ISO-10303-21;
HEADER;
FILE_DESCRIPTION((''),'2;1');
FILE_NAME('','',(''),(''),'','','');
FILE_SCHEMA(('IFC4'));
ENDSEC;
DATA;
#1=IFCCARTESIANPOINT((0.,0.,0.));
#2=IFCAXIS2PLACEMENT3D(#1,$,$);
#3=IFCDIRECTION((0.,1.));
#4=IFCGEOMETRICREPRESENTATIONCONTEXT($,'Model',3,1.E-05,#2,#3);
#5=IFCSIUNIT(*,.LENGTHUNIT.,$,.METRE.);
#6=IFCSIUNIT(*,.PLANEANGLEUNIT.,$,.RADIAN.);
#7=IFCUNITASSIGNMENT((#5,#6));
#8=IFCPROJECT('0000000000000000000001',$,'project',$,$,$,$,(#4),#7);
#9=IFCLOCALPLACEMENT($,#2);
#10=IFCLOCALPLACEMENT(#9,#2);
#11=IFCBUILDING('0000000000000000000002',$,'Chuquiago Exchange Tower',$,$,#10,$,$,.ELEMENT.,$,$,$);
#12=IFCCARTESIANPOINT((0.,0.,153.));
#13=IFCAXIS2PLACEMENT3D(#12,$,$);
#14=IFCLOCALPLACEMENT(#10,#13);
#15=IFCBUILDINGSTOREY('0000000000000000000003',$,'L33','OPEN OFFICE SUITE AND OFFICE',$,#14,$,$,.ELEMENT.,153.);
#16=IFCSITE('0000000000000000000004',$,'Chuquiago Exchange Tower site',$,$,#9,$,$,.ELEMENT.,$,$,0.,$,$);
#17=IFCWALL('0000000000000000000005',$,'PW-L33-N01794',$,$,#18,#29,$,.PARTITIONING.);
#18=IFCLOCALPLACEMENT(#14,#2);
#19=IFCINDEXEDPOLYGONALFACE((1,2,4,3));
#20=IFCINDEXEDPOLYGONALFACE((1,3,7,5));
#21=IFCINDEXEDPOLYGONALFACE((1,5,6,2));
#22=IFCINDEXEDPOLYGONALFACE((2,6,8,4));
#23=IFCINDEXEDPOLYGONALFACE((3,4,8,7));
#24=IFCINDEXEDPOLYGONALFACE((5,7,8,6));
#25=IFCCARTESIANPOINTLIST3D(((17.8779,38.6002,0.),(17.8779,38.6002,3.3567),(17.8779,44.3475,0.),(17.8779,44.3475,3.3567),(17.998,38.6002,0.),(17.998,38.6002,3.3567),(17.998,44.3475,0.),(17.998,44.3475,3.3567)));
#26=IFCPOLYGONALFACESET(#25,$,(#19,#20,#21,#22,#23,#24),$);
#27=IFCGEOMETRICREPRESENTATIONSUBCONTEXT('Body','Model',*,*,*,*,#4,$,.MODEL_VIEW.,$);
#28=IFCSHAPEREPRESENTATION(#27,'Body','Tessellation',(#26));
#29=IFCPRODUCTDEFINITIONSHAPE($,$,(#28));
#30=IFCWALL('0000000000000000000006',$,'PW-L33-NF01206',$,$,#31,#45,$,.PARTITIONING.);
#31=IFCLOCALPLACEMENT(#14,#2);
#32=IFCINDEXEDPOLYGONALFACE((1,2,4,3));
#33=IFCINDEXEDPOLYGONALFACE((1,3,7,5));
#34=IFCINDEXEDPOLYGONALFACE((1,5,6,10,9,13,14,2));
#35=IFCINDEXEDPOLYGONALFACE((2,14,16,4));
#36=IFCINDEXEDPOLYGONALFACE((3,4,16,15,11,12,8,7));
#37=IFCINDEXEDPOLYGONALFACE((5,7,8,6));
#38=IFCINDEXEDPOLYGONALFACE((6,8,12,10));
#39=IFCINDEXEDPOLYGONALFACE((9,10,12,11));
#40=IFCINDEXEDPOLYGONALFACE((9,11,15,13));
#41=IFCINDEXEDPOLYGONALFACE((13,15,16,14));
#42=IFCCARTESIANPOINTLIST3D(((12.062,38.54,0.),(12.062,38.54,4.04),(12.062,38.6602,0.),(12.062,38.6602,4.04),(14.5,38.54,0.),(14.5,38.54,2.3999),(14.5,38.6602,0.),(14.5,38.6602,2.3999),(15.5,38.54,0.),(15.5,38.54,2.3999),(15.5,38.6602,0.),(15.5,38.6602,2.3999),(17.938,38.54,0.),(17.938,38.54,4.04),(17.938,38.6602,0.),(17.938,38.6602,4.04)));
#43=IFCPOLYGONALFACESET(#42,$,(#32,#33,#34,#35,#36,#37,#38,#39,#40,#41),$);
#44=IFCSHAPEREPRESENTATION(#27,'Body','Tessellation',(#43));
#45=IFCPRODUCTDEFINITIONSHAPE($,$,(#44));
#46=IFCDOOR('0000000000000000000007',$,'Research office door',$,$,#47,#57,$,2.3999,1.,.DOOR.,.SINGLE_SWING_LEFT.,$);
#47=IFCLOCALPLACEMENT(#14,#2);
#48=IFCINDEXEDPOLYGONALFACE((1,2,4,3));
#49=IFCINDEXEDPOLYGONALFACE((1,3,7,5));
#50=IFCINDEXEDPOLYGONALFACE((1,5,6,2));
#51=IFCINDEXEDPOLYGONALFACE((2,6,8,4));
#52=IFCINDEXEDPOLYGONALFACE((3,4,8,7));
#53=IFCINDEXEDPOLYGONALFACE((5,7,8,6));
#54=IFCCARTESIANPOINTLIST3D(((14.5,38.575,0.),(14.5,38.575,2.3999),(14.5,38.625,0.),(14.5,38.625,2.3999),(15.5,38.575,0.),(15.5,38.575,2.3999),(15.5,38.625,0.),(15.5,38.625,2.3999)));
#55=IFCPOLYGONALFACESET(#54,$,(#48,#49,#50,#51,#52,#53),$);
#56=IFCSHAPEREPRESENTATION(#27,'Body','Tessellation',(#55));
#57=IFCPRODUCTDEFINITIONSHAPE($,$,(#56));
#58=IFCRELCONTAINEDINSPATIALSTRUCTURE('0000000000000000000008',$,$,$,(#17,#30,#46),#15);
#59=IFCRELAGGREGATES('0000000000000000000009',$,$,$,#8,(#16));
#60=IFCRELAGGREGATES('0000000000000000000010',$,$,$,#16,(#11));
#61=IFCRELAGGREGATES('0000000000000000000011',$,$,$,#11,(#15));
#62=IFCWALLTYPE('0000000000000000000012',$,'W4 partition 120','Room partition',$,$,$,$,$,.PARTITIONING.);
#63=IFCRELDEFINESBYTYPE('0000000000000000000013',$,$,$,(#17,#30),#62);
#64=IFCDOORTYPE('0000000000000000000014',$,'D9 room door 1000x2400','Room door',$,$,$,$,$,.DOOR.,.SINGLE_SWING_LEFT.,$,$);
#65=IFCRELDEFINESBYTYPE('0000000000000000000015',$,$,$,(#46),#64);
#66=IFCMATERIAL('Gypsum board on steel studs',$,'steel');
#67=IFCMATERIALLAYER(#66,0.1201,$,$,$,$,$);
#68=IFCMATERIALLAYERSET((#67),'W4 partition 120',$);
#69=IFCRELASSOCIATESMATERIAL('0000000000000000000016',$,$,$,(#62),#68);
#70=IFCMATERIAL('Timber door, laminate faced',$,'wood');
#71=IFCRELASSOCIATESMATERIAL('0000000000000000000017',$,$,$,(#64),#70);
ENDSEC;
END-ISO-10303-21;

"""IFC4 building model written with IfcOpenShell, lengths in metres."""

from ifc_helpers import new_model, si_unit, direction, frame, frame_2d, origin, place, context, subcontext, project, spatial, rectangle, extrude, material, layer, layer_set, type_object, element, fill, save


model = new_model("IFC4")

# Units and contexts
model_context = context("Model", 3, precision=1e-05, world=origin(), true_north=direction((0.0, 1.0)))
body_context = subcontext(model_context, "Body", "Model", "MODEL_VIEW")
ifc_project = project(units=[si_unit("LENGTHUNIT", "METRE"), si_unit("PLANEANGLEUNIT", "RADIAN")], contexts=[model_context])

# Site, building, storey
site_placement = place(None, origin())
site = spatial("IfcSite", under=ifc_project, at=site_placement, Name="Chuquiago Exchange Tower site", CompositionType="ELEMENT", RefElevation=0.0)
building_placement = place(site_placement, origin())
building = spatial("IfcBuilding", under=site, at=building_placement, Name="Chuquiago Exchange Tower", CompositionType="ELEMENT")
storey_placement = place(building_placement, frame((0.0, 0.0, 153.0)))
storey = spatial("IfcBuildingStorey", under=building, at=storey_placement, Name="L33", Description="OPEN OFFICE SUITE AND OFFICE", CompositionType="ELEMENT", Elevation=153.0)

# Wall
ifc_material_1 = material(Name="Gypsum board on steel studs", Category="steel")
ifc_layer_1 = layer(ifc_material_1, 0.1201)
ifc_layer_set_1 = layer_set([ifc_layer_1], Name="W4 partition 120")
wall_type_1 = type_object("IfcWallType", Name="W4 partition 120", Description="Room partition", PredefinedType="PARTITIONING", material=ifc_layer_set_1)
wall_1_placement = place(storey_placement, frame((17.938, 44.3474, 0.0), z_axis=(0.0, 0.0, 1.0), x_axis=(0.0, -1.0, 0.0)))
element("IfcWall", 1, at=wall_1_placement, inside=storey, type_object=wall_type_1, Name="PW-L33-N01794", PredefinedType="PARTITIONING", context=body_context, shape_type="SweptSolid", body=[
    extrude(rectangle(XDim=5.7473, YDim=0.1201, at=frame_2d((2.8735, 0.0))), origin(), (0.0, 0.0, 1.0), 3.3567),
])

# Wall, opening, door
wall_2_placement = place(storey_placement, frame((12.062, 38.6001, 0.0), z_axis=(0.0, 0.0, 1.0), x_axis=(1.0, 0.0, 0.0)))
wall_2 = element("IfcWall", 2, at=wall_2_placement, inside=storey, type_object=wall_type_1, Name="PW-L33-NF01206", PredefinedType="PARTITIONING", context=body_context, shape_type="SweptSolid", body=[
    extrude(rectangle(XDim=5.876, YDim=0.1201, at=frame_2d((2.938, 0.0))), origin(), (0.0, 0.0, 1.0), 4.04),
])
opening_1_placement = place(wall_2_placement, frame((2.438, 0.0, 0.0)))
opening_1 = element("IfcOpeningElement", 3, at=opening_1_placement, cuts=wall_2, PredefinedType="OPENING", context=body_context, shape_type="SweptSolid", body=[
    extrude(rectangle(XDim=1.0, YDim=2.3999, at=frame_2d((0.5, 1.2))), frame((0.0, 0.0701, 0.0), z_axis=(0.0, -1.0, 0.0), x_axis=(1.0, 0.0, 0.0)), (0.0, 0.0, 1.0), 0.1401),
])
ifc_material_2 = material(Name="Timber door, laminate faced", Category="wood")
door_type_1 = type_object("IfcDoorType", Name="D9 room door 1000x2400", Description="Room door", OperationType="SINGLE_SWING_LEFT", PredefinedType="DOOR", material=ifc_material_2)
door_1_placement = place(opening_1_placement, origin())
door_1 = element("IfcDoor", 4, at=door_1_placement, inside=storey, type_object=door_type_1, Name="Research office door", OperationType="SINGLE_SWING_LEFT", OverallHeight=2.3999, OverallWidth=1.0, PredefinedType="DOOR", context=body_context, shape_type="SweptSolid", body=[
    extrude(rectangle(XDim=1.0, YDim=2.3999, at=frame_2d((0.5, 1.2))), frame((0.0, 0.0249, 0.0), z_axis=(0.0, -1.0, 0.0), x_axis=(1.0, 0.0, 0.0)), (0.0, 0.0, 1.0), 0.05),
])
fill(opening_1, door_1)

save(model, "model.ifc")
